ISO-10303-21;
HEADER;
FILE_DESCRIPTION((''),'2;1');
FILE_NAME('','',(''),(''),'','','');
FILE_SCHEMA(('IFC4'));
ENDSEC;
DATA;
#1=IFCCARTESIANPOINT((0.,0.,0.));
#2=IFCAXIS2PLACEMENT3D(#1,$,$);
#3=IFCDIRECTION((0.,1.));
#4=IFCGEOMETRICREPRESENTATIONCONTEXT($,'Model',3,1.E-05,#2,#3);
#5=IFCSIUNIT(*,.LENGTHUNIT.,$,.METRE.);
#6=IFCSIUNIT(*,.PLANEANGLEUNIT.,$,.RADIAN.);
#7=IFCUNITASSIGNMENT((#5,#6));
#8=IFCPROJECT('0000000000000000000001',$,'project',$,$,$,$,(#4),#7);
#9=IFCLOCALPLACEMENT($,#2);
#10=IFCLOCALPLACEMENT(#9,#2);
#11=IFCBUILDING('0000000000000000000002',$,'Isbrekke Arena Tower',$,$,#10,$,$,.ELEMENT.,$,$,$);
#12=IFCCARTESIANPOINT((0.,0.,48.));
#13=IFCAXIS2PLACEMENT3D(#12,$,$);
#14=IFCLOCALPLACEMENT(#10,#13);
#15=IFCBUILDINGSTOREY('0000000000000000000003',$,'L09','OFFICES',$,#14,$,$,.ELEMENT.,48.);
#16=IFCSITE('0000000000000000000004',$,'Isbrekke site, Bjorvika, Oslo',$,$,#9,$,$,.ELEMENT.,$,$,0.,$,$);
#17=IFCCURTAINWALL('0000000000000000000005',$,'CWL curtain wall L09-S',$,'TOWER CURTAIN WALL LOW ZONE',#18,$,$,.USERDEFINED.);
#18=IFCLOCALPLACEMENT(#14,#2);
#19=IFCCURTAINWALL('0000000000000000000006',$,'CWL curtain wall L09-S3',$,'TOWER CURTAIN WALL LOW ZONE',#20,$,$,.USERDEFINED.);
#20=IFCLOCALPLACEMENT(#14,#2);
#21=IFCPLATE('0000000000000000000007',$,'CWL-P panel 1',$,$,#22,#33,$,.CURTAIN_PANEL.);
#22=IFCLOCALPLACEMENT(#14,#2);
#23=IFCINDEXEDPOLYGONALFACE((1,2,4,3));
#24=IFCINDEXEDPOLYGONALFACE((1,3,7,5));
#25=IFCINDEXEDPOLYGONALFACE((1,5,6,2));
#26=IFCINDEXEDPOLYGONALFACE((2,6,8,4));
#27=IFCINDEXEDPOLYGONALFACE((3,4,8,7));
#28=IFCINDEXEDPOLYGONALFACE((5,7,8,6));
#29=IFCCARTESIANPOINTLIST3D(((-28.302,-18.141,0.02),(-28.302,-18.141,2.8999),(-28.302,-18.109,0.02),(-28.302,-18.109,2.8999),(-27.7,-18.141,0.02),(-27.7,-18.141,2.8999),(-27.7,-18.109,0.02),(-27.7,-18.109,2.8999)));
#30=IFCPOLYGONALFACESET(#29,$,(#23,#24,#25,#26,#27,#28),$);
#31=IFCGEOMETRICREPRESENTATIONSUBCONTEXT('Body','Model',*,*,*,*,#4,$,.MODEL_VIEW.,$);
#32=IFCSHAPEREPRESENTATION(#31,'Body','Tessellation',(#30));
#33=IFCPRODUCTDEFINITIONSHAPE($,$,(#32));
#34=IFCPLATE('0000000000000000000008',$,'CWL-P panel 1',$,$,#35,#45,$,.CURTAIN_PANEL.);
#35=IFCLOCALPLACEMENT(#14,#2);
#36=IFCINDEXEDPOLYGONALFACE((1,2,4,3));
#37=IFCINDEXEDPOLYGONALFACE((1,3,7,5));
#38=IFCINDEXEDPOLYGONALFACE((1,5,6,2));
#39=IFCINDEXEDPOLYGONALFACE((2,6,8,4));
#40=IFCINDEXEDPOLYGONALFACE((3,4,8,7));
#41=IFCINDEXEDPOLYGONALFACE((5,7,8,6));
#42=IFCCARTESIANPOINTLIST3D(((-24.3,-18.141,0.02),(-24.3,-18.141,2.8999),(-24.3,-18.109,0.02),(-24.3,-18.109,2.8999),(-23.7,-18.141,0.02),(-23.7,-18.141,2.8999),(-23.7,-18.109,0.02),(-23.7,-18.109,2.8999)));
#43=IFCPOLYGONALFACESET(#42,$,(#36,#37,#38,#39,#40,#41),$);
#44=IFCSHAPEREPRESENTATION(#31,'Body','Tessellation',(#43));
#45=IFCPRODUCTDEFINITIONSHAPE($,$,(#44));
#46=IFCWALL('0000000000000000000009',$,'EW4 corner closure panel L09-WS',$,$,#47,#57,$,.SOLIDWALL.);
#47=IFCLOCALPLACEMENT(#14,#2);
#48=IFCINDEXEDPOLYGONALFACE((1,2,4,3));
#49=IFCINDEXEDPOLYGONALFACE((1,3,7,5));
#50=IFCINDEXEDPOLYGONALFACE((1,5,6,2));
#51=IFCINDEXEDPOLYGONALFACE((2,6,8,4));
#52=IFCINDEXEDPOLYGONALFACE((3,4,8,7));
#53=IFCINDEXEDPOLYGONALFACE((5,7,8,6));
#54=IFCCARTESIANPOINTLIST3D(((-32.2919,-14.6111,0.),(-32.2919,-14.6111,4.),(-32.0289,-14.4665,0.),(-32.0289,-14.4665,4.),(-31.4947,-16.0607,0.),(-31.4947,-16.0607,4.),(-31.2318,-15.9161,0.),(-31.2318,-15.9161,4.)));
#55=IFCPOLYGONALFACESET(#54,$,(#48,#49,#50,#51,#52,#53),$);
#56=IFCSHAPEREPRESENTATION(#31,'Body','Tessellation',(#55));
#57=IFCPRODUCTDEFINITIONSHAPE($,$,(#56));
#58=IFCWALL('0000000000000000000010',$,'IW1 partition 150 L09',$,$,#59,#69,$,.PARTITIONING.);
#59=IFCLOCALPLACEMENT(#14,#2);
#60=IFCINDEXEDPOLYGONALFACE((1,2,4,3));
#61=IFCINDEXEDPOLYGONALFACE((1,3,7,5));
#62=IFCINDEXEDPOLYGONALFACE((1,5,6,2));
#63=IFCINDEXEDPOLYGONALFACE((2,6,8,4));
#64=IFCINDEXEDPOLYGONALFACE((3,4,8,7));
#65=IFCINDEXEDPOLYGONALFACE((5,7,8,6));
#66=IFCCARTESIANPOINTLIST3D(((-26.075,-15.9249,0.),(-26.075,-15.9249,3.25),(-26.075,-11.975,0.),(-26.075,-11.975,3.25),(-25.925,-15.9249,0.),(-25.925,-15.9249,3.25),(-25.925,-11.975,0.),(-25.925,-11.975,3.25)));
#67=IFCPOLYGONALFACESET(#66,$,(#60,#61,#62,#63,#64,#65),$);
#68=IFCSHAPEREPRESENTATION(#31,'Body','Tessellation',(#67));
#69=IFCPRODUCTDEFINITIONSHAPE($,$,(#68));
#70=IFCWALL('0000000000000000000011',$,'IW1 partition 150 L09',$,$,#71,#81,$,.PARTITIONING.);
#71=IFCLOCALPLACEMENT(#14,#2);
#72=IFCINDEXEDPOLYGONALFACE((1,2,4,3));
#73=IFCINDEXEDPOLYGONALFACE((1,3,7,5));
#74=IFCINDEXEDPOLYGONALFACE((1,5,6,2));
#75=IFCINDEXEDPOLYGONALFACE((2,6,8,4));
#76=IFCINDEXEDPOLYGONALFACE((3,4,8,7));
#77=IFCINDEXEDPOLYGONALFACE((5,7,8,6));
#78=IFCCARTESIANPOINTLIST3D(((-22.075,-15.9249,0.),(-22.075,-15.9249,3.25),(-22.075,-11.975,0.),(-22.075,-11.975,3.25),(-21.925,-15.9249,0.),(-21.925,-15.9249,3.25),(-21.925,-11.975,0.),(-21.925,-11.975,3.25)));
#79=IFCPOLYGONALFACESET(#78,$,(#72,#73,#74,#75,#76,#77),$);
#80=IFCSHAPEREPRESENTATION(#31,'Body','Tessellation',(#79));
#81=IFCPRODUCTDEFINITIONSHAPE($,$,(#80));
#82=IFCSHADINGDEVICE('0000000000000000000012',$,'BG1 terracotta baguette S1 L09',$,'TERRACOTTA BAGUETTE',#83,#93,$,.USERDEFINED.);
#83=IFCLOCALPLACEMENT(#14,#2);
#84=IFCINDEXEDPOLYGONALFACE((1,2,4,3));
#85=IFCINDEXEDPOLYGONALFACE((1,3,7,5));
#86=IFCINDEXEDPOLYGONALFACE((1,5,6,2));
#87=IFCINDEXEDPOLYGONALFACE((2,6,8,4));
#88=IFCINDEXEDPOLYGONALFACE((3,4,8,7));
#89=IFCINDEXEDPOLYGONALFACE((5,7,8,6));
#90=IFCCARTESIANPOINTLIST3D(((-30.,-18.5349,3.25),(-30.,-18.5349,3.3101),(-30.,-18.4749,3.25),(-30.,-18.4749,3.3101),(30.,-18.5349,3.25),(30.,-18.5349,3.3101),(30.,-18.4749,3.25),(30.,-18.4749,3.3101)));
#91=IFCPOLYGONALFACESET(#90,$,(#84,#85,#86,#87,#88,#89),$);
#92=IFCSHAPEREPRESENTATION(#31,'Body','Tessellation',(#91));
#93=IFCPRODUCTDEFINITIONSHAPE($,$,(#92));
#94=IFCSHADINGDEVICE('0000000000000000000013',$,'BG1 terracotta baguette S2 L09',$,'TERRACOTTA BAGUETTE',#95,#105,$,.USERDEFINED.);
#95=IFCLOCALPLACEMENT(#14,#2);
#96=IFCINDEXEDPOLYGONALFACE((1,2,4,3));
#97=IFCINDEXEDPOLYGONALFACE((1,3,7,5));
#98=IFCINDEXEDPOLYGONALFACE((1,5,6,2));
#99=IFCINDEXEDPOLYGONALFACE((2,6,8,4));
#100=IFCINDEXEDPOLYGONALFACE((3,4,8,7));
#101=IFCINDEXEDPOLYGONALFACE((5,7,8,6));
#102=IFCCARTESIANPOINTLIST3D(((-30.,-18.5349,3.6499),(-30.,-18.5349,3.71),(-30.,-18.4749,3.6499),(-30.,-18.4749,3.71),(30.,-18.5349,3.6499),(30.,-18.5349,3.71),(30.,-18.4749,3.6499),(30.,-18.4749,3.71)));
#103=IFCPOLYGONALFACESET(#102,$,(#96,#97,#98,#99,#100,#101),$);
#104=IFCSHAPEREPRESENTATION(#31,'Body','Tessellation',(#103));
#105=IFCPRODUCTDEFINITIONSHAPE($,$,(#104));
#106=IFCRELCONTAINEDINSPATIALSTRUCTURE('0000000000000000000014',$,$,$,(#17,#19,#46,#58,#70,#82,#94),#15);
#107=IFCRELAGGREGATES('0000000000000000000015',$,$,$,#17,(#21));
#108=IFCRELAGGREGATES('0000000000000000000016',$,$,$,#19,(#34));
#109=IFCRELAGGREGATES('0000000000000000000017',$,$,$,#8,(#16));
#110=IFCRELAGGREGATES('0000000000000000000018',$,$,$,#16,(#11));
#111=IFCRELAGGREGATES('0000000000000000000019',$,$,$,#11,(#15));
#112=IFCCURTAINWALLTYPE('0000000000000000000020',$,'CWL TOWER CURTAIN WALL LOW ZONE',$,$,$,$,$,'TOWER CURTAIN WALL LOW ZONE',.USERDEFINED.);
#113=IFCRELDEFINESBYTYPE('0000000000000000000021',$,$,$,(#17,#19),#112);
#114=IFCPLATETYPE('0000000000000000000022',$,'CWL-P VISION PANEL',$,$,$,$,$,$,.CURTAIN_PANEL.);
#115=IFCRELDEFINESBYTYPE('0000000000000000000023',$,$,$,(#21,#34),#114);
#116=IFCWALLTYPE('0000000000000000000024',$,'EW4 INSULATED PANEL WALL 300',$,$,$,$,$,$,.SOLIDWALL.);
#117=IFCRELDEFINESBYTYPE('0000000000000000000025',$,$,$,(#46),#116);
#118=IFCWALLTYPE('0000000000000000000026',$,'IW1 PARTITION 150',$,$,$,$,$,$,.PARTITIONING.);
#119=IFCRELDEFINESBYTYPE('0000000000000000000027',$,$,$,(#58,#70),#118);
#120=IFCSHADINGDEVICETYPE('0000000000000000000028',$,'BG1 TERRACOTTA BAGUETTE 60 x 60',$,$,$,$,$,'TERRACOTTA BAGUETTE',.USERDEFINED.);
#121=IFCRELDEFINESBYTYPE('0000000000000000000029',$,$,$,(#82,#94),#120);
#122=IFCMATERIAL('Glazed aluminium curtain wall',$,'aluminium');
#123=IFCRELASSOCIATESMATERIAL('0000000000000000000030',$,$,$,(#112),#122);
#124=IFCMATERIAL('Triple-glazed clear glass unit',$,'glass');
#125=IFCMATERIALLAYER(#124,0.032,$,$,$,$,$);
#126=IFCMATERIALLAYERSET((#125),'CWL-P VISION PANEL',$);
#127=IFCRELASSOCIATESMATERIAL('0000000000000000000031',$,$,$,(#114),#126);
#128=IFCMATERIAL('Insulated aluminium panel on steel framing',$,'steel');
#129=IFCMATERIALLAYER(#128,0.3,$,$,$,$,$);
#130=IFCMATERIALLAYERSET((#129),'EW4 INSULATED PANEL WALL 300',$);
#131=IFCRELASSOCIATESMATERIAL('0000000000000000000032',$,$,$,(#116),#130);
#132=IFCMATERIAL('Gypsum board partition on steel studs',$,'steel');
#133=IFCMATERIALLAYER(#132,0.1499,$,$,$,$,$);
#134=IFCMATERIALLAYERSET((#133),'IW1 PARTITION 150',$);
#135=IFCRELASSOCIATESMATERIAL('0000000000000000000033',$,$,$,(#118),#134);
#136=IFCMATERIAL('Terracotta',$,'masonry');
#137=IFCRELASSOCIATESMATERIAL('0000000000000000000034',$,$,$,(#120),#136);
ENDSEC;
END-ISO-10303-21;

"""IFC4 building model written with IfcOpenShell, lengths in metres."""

from ifc_helpers import new_model, si_unit, direction, frame, frame_2d, origin, origin_2d, place, context, subcontext, project, spatial, rectangle, extrude, material, layer, layer_set, material_profile, profile_set, type_object, element, aggregate, save


model = new_model("IFC4")

# Units and contexts
model_context = context("Model", 3, precision=1e-05, world=origin(), true_north=direction((0.0, 1.0)))
body_context = subcontext(model_context, "Body", "Model", "MODEL_VIEW")
ifc_project = project(units=[si_unit("LENGTHUNIT", "METRE"), si_unit("PLANEANGLEUNIT", "RADIAN")], contexts=[model_context])

# Site, building, storey
site_placement = place(None, origin())
site = spatial("IfcSite", under=ifc_project, at=site_placement, Name="Isbrekke site, Bjorvika, Oslo", CompositionType="ELEMENT", RefElevation=0.0)
building_placement = place(site_placement, origin())
building = spatial("IfcBuilding", under=site, at=building_placement, Name="Isbrekke Arena Tower", CompositionType="ELEMENT")
storey_placement = place(building_placement, frame((0.0, 0.0, 48.0)))
storey = spatial("IfcBuildingStorey", under=building, at=storey_placement, Name="L09", Description="OFFICES", CompositionType="ELEMENT", Elevation=48.0)

# Curtain walls
ifc_material_1 = material(Name="Glazed aluminium curtain wall", Category="aluminium")
curtain_wall_type = type_object("IfcCurtainWallType", Name="CWL TOWER CURTAIN WALL LOW ZONE", ElementType="TOWER CURTAIN WALL LOW ZONE", PredefinedType="USERDEFINED", material=ifc_material_1)
curtain_wall_1_placement = place(storey_placement, origin())
curtain_wall_1 = element("IfcCurtainWall", 1, at=curtain_wall_1_placement, inside=storey, type_object=curtain_wall_type, Name="CWL curtain wall L09-S", ObjectType="TOWER CURTAIN WALL LOW ZONE", PredefinedType="USERDEFINED")
curtain_wall_2_placement = place(storey_placement, origin())
curtain_wall_2 = element("IfcCurtainWall", 2, at=curtain_wall_2_placement, inside=storey, type_object=curtain_wall_type, Name="CWL curtain wall L09-S3", ObjectType="TOWER CURTAIN WALL LOW ZONE", PredefinedType="USERDEFINED")

# Plates
ifc_material_2 = material(Name="Triple-glazed clear glass unit", Category="glass")
ifc_layer_1 = layer(ifc_material_2, 0.032)
ifc_layer_set_1 = layer_set([ifc_layer_1], Name="CWL-P VISION PANEL")
plate_type = type_object("IfcPlateType", Name="CWL-P VISION PANEL", PredefinedType="CURTAIN_PANEL", material=ifc_layer_set_1)
plate_1_placement = place(storey_placement, frame((-28.001, -18.125, 0.02), z_axis=(0.0, 0.0, 1.0), x_axis=(1.0, 0.0, 0.0)))
plate_1 = element("IfcPlate", 3, at=plate_1_placement, type_object=plate_type, Name="CWL-P panel 1", PredefinedType="CURTAIN_PANEL", context=body_context, shape_type="SweptSolid", body=[
    extrude(rectangle(XDim=0.6021, YDim=0.032, at=origin_2d()), origin(), (0.0, 0.0, 1.0), 2.8799),
])
aggregate(curtain_wall_1, [plate_1])
plate_2_placement = place(storey_placement, frame((-24.0, -18.125, 0.02), z_axis=(0.0, 0.0, 1.0), x_axis=(1.0, 0.0, 0.0)))
plate_2 = element("IfcPlate", 4, at=plate_2_placement, type_object=plate_type, Name="CWL-P panel 1", PredefinedType="CURTAIN_PANEL", context=body_context, shape_type="SweptSolid", body=[
    extrude(rectangle(XDim=0.6001, YDim=0.032, at=origin_2d()), origin(), (0.0, 0.0, 1.0), 2.8799),
])
aggregate(curtain_wall_2, [plate_2])

# Walls
ifc_material_3 = material(Name="Insulated aluminium panel on steel framing", Category="steel")
ifc_layer_2 = layer(ifc_material_3, 0.3)
ifc_layer_set_2 = layer_set([ifc_layer_2], Name="EW4 INSULATED PANEL WALL 300")
wall_type_1 = type_object("IfcWallType", Name="EW4 INSULATED PANEL WALL 300", PredefinedType="SOLIDWALL", material=ifc_layer_set_2)
wall_placement = place(storey_placement, frame((-32.1604, -14.5388, 0.0), z_axis=(0.0, 0.0, 1.0), x_axis=(0.481879, -0.876238, 0.0)))
element("IfcWall", 5, at=wall_placement, inside=storey, type_object=wall_type_1, Name="EW4 corner closure panel L09-WS", PredefinedType="SOLIDWALL", context=body_context, shape_type="SweptSolid", body=[
    extrude(rectangle(XDim=1.6543, YDim=0.3, at=frame_2d((0.8271, 0.0))), origin(), (0.0, 0.0, 1.0), 4.0),
])
ifc_material_4 = material(Name="Gypsum board partition on steel studs", Category="steel")
ifc_layer_3 = layer(ifc_material_4, 0.1499)
ifc_layer_set_3 = layer_set([ifc_layer_3], Name="IW1 PARTITION 150")
wall_type_2 = type_object("IfcWallType", Name="IW1 PARTITION 150", PredefinedType="PARTITIONING", material=ifc_layer_set_3)
for number, where, z_axis, x_axis, name in (
    (6, (-26.0, -15.925, 0.0), (0.0, 0.0, 1.0), (0.0, 1.0, 0.0), "IW1 partition 150 L09"),
    (7, (-22.0, -15.925, 0.0), (0.0, 0.0, 1.0), (0.0, 1.0, 0.0), "IW1 partition 150 L09"),
):
    element("IfcWall", number, at=place(storey_placement, frame(where, z_axis=z_axis, x_axis=x_axis)), inside=storey, type_object=wall_type_2, Name=name, PredefinedType="PARTITIONING", context=body_context, shape_type="SweptSolid", body=[
        extrude(rectangle(XDim=3.95, YDim=0.1499, at=frame_2d((1.9751, 0.0))), origin(), (0.0, 0.0, 1.0), 3.25),
    ])

# Shading devices
ifc_material_5 = material(Name="Terracotta", Category="masonry")
ifc_material_profile_1 = material_profile(ifc_material_5, rectangle(XDim=0.0601, YDim=0.0601, at=origin_2d()), Name="BAGUETTE 60X60")
ifc_profile_set_1 = profile_set([ifc_material_profile_1], Name="Terracotta")
shading_device_type = type_object("IfcShadingDeviceType", Name="BG1 TERRACOTTA BAGUETTE 60 x 60", ElementType="TERRACOTTA BAGUETTE", PredefinedType="USERDEFINED", material=ifc_profile_set_1)
for number, where, z_axis, x_axis, name in (
    (8, (-30.0, -18.5049, 3.28), (1.0, 0.0, 0.0), (0.0, 1.0, 0.0), "BG1 terracotta baguette S1 L09"),
    (9, (-30.0, -18.5049, 3.6799), (1.0, 0.0, 0.0), (0.0, 1.0, 0.0), "BG1 terracotta baguette S2 L09"),
):
    element("IfcShadingDevice", number, at=place(storey_placement, frame(where, z_axis=z_axis, x_axis=x_axis)), inside=storey, type_object=shading_device_type, Name=name, ObjectType="TERRACOTTA BAGUETTE", PredefinedType="USERDEFINED", context=body_context, shape_type="SweptSolid", body=[
        extrude(rectangle(XDim=0.0601, YDim=0.0601, at=origin_2d()), origin(), (0.0, 0.0, 1.0), 60.0),
    ])

save(model, "model.ifc")
